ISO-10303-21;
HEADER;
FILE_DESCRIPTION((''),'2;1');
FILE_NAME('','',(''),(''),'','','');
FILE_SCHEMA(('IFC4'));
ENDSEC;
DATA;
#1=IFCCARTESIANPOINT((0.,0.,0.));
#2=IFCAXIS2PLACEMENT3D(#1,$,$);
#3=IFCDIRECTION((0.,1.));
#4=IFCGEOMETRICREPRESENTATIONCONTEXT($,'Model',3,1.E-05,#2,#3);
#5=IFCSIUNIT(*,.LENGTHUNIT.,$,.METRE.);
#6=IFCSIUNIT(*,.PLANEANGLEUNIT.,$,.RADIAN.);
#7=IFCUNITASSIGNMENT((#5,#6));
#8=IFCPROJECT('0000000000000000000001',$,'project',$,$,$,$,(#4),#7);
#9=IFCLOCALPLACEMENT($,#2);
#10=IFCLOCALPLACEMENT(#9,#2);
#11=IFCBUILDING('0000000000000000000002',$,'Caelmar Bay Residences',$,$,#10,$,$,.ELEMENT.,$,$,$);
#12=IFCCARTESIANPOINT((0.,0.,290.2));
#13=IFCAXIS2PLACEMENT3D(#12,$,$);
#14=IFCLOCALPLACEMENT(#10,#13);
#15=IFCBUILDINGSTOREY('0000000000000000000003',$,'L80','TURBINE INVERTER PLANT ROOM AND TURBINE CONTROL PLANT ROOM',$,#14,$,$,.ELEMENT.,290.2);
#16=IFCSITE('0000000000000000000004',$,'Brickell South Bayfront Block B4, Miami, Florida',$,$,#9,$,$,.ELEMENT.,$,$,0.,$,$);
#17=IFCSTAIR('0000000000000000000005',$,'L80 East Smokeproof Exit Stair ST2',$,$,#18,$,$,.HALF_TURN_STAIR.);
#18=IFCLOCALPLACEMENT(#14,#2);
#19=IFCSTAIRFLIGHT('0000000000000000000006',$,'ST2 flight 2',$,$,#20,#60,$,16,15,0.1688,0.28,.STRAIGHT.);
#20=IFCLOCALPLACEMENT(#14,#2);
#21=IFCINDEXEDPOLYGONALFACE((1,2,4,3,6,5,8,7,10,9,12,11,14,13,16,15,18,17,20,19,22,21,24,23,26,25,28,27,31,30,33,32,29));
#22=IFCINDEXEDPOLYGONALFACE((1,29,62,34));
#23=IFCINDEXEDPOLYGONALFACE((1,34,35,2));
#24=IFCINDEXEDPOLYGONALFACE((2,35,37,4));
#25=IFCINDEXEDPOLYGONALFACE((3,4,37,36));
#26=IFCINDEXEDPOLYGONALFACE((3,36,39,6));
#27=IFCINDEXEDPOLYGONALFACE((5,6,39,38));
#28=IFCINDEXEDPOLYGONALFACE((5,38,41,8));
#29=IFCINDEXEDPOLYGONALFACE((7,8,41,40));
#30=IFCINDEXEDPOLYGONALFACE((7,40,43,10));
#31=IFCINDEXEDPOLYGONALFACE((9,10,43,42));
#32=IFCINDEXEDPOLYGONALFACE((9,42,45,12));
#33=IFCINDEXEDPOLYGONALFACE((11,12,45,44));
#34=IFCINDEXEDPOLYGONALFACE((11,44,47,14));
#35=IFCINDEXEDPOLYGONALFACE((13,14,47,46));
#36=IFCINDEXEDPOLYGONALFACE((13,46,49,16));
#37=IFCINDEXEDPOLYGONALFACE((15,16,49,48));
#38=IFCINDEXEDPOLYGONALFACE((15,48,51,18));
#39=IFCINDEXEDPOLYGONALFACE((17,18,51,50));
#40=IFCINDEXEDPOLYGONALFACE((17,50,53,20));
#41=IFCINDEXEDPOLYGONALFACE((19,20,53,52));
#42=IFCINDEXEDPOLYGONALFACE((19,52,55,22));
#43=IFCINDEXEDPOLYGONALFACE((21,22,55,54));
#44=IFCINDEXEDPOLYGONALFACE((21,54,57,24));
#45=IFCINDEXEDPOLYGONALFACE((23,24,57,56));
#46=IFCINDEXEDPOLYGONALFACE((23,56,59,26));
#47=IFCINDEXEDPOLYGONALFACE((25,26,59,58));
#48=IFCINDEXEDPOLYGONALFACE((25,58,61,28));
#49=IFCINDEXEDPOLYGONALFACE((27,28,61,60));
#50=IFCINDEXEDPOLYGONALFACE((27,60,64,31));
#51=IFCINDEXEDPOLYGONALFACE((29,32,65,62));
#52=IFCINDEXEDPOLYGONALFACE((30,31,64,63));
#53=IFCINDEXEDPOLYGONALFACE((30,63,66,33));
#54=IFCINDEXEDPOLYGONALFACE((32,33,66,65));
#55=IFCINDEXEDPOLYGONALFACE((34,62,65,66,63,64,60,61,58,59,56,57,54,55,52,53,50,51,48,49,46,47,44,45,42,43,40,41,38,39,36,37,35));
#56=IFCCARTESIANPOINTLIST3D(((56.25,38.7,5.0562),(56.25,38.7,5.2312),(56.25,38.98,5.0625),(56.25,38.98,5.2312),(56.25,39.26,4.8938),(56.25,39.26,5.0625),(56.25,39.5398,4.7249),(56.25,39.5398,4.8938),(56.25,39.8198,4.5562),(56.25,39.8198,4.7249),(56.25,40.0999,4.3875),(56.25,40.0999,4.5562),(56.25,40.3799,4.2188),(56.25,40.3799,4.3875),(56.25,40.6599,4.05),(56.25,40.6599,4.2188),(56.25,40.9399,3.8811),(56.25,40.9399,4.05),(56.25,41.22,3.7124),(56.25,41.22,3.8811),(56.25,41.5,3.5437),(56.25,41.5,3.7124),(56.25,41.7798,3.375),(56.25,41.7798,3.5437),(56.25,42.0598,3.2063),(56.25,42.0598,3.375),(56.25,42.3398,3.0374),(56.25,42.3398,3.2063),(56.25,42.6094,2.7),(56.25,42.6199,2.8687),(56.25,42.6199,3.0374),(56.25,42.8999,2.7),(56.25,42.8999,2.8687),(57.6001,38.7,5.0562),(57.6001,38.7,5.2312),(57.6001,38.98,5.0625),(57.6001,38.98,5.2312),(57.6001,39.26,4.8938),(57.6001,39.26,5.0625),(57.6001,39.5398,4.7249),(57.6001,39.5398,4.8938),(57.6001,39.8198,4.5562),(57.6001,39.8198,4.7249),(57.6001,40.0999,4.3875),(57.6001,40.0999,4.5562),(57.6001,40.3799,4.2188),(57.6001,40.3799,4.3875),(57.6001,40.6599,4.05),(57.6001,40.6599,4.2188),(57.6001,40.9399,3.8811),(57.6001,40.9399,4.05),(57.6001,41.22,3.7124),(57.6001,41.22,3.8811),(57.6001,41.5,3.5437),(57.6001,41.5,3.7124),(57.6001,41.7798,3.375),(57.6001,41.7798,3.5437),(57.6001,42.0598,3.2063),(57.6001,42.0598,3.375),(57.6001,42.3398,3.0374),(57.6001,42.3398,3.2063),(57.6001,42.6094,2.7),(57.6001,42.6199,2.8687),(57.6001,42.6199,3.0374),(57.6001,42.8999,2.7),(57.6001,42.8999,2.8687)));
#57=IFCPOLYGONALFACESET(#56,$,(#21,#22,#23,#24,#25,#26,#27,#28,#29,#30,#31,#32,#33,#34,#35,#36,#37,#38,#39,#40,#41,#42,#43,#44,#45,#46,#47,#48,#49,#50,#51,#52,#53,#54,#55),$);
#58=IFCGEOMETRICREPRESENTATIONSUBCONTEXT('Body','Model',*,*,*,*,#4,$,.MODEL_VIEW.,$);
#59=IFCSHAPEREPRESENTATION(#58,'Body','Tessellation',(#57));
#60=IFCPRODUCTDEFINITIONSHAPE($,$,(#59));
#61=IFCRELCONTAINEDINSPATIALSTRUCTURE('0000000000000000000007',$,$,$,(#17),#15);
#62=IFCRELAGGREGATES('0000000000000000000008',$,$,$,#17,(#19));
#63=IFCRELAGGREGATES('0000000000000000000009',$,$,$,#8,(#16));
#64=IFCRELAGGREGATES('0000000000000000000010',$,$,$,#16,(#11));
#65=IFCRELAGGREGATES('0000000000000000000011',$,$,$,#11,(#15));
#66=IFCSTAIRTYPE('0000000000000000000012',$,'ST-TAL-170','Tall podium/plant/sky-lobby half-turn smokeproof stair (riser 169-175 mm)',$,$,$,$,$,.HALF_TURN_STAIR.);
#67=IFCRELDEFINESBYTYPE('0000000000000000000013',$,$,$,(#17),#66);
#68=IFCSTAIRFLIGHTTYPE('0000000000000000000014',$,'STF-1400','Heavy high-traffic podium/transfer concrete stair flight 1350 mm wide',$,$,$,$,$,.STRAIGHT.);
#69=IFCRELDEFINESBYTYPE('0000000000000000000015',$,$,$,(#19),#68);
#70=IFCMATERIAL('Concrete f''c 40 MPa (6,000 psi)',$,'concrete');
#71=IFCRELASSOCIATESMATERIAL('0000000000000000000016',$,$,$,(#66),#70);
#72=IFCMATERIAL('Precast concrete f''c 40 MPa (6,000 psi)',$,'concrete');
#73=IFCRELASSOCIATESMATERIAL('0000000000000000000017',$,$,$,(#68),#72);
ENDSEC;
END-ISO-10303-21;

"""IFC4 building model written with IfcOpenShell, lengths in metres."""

from ifc_helpers import new_model, si_unit, direction, frame, origin, place, context, subcontext, project, spatial, polyline, outline, extrude, material, type_object, element, aggregate, save


model = new_model("IFC4")

# Units and contexts
model_context = context("Model", 3, precision=1e-05, world=origin(), true_north=direction((0.0, 1.0)))
body_context = subcontext(model_context, "Body", "Model", "MODEL_VIEW")
ifc_project = project(units=[si_unit("LENGTHUNIT", "METRE"), si_unit("PLANEANGLEUNIT", "RADIAN")], contexts=[model_context])

# Site, building, storey
site_placement = place(None, origin())
site = spatial("IfcSite", under=ifc_project, at=site_placement, Name="Brickell South Bayfront Block B4, Miami, Florida", CompositionType="ELEMENT", RefElevation=0.0)
building_placement = place(site_placement, origin())
building = spatial("IfcBuilding", under=site, at=building_placement, Name="Caelmar Bay Residences", CompositionType="ELEMENT")
storey_placement = place(building_placement, frame((0.0, 0.0, 290.2)))
storey = spatial("IfcBuildingStorey", under=building, at=storey_placement, Name="L80", Description="TURBINE INVERTER PLANT ROOM AND TURBINE CONTROL PLANT ROOM", CompositionType="ELEMENT", Elevation=290.2)

# Shared definitions
ifc_material_1 = material(Name="Precast concrete f'c 40 MPa (6,000 psi)", Category="concrete")

# Stair, stair flight
ifc_material_2 = material(Name="Concrete f'c 40 MPa (6,000 psi)", Category="concrete")
stair_type = type_object("IfcStairType", Name="ST-TAL-170", Description="Tall podium/plant/sky-lobby half-turn smokeproof stair (riser 169-175 mm)", PredefinedType="HALF_TURN_STAIR", material=ifc_material_2)
stair_placement = place(storey_placement, origin())
stair = element("IfcStair", 1, at=stair_placement, inside=storey, type_object=stair_type, Name="L80 East Smokeproof Exit Stair ST2", PredefinedType="HALF_TURN_STAIR")
stair_flight_type = type_object("IfcStairFlightType", Name="STF-1400", Description="Heavy high-traffic podium/transfer concrete stair flight 1350 mm wide", PredefinedType="STRAIGHT", material=ifc_material_1)
stair_flight_1_placement = place(storey_placement, frame((56.925, 42.8999, 2.7), z_axis=(0.0, 0.0, 1.0), x_axis=(0.0, -1.0, 0.0)))
stair_flight_1 = element("IfcStairFlight", 2, at=stair_flight_1_placement, type_object=stair_flight_type, Name="ST2 flight 2", NumberOfRisers=16, NumberOfTreads=15, PredefinedType="STRAIGHT", RiserHeight=0.1688, TreadLength=0.28, context=body_context, shape_type="SweptSolid", body=[
    extrude(outline(polyline([(0.0, 0.0), (0.0, 0.1687), (0.28, 0.1687), (0.28, 0.3374), (0.5601, 0.3374), (0.5601, 0.5063), (0.8401, 0.5063), (0.8401, 0.675), (1.1201, 0.675), (1.1201, 0.8438), (1.3999, 0.8438), (1.3999, 1.0125), (1.6799, 1.0125), (1.6799, 1.1812), (1.96, 1.1812), (1.96, 1.3501), (2.24, 1.3501), (2.24, 1.5188), (2.52, 1.5188), (2.52, 1.6875), (2.8, 1.6875), (2.8, 1.8562), (3.0801, 1.8562), (3.0801, 2.0249), (3.3601, 2.0249), (3.3601, 2.1938), (3.6399, 2.1938), (3.6399, 2.3625), (3.9199, 2.3625), (3.9199, 2.5312), (4.2, 2.5312), (4.2, 2.7), (4.2, 2.3562), (0.2905, 0.0), (0.0, 0.0)])), frame((0.0, 0.675, 0.0), z_axis=(0.0, -1.0, 0.0), x_axis=(1.0, 0.0, 0.0)), (0.0, 0.0, 1.0), 1.3501),
])
aggregate(stair, [stair_flight_1])

save(model, "model.ifc")
